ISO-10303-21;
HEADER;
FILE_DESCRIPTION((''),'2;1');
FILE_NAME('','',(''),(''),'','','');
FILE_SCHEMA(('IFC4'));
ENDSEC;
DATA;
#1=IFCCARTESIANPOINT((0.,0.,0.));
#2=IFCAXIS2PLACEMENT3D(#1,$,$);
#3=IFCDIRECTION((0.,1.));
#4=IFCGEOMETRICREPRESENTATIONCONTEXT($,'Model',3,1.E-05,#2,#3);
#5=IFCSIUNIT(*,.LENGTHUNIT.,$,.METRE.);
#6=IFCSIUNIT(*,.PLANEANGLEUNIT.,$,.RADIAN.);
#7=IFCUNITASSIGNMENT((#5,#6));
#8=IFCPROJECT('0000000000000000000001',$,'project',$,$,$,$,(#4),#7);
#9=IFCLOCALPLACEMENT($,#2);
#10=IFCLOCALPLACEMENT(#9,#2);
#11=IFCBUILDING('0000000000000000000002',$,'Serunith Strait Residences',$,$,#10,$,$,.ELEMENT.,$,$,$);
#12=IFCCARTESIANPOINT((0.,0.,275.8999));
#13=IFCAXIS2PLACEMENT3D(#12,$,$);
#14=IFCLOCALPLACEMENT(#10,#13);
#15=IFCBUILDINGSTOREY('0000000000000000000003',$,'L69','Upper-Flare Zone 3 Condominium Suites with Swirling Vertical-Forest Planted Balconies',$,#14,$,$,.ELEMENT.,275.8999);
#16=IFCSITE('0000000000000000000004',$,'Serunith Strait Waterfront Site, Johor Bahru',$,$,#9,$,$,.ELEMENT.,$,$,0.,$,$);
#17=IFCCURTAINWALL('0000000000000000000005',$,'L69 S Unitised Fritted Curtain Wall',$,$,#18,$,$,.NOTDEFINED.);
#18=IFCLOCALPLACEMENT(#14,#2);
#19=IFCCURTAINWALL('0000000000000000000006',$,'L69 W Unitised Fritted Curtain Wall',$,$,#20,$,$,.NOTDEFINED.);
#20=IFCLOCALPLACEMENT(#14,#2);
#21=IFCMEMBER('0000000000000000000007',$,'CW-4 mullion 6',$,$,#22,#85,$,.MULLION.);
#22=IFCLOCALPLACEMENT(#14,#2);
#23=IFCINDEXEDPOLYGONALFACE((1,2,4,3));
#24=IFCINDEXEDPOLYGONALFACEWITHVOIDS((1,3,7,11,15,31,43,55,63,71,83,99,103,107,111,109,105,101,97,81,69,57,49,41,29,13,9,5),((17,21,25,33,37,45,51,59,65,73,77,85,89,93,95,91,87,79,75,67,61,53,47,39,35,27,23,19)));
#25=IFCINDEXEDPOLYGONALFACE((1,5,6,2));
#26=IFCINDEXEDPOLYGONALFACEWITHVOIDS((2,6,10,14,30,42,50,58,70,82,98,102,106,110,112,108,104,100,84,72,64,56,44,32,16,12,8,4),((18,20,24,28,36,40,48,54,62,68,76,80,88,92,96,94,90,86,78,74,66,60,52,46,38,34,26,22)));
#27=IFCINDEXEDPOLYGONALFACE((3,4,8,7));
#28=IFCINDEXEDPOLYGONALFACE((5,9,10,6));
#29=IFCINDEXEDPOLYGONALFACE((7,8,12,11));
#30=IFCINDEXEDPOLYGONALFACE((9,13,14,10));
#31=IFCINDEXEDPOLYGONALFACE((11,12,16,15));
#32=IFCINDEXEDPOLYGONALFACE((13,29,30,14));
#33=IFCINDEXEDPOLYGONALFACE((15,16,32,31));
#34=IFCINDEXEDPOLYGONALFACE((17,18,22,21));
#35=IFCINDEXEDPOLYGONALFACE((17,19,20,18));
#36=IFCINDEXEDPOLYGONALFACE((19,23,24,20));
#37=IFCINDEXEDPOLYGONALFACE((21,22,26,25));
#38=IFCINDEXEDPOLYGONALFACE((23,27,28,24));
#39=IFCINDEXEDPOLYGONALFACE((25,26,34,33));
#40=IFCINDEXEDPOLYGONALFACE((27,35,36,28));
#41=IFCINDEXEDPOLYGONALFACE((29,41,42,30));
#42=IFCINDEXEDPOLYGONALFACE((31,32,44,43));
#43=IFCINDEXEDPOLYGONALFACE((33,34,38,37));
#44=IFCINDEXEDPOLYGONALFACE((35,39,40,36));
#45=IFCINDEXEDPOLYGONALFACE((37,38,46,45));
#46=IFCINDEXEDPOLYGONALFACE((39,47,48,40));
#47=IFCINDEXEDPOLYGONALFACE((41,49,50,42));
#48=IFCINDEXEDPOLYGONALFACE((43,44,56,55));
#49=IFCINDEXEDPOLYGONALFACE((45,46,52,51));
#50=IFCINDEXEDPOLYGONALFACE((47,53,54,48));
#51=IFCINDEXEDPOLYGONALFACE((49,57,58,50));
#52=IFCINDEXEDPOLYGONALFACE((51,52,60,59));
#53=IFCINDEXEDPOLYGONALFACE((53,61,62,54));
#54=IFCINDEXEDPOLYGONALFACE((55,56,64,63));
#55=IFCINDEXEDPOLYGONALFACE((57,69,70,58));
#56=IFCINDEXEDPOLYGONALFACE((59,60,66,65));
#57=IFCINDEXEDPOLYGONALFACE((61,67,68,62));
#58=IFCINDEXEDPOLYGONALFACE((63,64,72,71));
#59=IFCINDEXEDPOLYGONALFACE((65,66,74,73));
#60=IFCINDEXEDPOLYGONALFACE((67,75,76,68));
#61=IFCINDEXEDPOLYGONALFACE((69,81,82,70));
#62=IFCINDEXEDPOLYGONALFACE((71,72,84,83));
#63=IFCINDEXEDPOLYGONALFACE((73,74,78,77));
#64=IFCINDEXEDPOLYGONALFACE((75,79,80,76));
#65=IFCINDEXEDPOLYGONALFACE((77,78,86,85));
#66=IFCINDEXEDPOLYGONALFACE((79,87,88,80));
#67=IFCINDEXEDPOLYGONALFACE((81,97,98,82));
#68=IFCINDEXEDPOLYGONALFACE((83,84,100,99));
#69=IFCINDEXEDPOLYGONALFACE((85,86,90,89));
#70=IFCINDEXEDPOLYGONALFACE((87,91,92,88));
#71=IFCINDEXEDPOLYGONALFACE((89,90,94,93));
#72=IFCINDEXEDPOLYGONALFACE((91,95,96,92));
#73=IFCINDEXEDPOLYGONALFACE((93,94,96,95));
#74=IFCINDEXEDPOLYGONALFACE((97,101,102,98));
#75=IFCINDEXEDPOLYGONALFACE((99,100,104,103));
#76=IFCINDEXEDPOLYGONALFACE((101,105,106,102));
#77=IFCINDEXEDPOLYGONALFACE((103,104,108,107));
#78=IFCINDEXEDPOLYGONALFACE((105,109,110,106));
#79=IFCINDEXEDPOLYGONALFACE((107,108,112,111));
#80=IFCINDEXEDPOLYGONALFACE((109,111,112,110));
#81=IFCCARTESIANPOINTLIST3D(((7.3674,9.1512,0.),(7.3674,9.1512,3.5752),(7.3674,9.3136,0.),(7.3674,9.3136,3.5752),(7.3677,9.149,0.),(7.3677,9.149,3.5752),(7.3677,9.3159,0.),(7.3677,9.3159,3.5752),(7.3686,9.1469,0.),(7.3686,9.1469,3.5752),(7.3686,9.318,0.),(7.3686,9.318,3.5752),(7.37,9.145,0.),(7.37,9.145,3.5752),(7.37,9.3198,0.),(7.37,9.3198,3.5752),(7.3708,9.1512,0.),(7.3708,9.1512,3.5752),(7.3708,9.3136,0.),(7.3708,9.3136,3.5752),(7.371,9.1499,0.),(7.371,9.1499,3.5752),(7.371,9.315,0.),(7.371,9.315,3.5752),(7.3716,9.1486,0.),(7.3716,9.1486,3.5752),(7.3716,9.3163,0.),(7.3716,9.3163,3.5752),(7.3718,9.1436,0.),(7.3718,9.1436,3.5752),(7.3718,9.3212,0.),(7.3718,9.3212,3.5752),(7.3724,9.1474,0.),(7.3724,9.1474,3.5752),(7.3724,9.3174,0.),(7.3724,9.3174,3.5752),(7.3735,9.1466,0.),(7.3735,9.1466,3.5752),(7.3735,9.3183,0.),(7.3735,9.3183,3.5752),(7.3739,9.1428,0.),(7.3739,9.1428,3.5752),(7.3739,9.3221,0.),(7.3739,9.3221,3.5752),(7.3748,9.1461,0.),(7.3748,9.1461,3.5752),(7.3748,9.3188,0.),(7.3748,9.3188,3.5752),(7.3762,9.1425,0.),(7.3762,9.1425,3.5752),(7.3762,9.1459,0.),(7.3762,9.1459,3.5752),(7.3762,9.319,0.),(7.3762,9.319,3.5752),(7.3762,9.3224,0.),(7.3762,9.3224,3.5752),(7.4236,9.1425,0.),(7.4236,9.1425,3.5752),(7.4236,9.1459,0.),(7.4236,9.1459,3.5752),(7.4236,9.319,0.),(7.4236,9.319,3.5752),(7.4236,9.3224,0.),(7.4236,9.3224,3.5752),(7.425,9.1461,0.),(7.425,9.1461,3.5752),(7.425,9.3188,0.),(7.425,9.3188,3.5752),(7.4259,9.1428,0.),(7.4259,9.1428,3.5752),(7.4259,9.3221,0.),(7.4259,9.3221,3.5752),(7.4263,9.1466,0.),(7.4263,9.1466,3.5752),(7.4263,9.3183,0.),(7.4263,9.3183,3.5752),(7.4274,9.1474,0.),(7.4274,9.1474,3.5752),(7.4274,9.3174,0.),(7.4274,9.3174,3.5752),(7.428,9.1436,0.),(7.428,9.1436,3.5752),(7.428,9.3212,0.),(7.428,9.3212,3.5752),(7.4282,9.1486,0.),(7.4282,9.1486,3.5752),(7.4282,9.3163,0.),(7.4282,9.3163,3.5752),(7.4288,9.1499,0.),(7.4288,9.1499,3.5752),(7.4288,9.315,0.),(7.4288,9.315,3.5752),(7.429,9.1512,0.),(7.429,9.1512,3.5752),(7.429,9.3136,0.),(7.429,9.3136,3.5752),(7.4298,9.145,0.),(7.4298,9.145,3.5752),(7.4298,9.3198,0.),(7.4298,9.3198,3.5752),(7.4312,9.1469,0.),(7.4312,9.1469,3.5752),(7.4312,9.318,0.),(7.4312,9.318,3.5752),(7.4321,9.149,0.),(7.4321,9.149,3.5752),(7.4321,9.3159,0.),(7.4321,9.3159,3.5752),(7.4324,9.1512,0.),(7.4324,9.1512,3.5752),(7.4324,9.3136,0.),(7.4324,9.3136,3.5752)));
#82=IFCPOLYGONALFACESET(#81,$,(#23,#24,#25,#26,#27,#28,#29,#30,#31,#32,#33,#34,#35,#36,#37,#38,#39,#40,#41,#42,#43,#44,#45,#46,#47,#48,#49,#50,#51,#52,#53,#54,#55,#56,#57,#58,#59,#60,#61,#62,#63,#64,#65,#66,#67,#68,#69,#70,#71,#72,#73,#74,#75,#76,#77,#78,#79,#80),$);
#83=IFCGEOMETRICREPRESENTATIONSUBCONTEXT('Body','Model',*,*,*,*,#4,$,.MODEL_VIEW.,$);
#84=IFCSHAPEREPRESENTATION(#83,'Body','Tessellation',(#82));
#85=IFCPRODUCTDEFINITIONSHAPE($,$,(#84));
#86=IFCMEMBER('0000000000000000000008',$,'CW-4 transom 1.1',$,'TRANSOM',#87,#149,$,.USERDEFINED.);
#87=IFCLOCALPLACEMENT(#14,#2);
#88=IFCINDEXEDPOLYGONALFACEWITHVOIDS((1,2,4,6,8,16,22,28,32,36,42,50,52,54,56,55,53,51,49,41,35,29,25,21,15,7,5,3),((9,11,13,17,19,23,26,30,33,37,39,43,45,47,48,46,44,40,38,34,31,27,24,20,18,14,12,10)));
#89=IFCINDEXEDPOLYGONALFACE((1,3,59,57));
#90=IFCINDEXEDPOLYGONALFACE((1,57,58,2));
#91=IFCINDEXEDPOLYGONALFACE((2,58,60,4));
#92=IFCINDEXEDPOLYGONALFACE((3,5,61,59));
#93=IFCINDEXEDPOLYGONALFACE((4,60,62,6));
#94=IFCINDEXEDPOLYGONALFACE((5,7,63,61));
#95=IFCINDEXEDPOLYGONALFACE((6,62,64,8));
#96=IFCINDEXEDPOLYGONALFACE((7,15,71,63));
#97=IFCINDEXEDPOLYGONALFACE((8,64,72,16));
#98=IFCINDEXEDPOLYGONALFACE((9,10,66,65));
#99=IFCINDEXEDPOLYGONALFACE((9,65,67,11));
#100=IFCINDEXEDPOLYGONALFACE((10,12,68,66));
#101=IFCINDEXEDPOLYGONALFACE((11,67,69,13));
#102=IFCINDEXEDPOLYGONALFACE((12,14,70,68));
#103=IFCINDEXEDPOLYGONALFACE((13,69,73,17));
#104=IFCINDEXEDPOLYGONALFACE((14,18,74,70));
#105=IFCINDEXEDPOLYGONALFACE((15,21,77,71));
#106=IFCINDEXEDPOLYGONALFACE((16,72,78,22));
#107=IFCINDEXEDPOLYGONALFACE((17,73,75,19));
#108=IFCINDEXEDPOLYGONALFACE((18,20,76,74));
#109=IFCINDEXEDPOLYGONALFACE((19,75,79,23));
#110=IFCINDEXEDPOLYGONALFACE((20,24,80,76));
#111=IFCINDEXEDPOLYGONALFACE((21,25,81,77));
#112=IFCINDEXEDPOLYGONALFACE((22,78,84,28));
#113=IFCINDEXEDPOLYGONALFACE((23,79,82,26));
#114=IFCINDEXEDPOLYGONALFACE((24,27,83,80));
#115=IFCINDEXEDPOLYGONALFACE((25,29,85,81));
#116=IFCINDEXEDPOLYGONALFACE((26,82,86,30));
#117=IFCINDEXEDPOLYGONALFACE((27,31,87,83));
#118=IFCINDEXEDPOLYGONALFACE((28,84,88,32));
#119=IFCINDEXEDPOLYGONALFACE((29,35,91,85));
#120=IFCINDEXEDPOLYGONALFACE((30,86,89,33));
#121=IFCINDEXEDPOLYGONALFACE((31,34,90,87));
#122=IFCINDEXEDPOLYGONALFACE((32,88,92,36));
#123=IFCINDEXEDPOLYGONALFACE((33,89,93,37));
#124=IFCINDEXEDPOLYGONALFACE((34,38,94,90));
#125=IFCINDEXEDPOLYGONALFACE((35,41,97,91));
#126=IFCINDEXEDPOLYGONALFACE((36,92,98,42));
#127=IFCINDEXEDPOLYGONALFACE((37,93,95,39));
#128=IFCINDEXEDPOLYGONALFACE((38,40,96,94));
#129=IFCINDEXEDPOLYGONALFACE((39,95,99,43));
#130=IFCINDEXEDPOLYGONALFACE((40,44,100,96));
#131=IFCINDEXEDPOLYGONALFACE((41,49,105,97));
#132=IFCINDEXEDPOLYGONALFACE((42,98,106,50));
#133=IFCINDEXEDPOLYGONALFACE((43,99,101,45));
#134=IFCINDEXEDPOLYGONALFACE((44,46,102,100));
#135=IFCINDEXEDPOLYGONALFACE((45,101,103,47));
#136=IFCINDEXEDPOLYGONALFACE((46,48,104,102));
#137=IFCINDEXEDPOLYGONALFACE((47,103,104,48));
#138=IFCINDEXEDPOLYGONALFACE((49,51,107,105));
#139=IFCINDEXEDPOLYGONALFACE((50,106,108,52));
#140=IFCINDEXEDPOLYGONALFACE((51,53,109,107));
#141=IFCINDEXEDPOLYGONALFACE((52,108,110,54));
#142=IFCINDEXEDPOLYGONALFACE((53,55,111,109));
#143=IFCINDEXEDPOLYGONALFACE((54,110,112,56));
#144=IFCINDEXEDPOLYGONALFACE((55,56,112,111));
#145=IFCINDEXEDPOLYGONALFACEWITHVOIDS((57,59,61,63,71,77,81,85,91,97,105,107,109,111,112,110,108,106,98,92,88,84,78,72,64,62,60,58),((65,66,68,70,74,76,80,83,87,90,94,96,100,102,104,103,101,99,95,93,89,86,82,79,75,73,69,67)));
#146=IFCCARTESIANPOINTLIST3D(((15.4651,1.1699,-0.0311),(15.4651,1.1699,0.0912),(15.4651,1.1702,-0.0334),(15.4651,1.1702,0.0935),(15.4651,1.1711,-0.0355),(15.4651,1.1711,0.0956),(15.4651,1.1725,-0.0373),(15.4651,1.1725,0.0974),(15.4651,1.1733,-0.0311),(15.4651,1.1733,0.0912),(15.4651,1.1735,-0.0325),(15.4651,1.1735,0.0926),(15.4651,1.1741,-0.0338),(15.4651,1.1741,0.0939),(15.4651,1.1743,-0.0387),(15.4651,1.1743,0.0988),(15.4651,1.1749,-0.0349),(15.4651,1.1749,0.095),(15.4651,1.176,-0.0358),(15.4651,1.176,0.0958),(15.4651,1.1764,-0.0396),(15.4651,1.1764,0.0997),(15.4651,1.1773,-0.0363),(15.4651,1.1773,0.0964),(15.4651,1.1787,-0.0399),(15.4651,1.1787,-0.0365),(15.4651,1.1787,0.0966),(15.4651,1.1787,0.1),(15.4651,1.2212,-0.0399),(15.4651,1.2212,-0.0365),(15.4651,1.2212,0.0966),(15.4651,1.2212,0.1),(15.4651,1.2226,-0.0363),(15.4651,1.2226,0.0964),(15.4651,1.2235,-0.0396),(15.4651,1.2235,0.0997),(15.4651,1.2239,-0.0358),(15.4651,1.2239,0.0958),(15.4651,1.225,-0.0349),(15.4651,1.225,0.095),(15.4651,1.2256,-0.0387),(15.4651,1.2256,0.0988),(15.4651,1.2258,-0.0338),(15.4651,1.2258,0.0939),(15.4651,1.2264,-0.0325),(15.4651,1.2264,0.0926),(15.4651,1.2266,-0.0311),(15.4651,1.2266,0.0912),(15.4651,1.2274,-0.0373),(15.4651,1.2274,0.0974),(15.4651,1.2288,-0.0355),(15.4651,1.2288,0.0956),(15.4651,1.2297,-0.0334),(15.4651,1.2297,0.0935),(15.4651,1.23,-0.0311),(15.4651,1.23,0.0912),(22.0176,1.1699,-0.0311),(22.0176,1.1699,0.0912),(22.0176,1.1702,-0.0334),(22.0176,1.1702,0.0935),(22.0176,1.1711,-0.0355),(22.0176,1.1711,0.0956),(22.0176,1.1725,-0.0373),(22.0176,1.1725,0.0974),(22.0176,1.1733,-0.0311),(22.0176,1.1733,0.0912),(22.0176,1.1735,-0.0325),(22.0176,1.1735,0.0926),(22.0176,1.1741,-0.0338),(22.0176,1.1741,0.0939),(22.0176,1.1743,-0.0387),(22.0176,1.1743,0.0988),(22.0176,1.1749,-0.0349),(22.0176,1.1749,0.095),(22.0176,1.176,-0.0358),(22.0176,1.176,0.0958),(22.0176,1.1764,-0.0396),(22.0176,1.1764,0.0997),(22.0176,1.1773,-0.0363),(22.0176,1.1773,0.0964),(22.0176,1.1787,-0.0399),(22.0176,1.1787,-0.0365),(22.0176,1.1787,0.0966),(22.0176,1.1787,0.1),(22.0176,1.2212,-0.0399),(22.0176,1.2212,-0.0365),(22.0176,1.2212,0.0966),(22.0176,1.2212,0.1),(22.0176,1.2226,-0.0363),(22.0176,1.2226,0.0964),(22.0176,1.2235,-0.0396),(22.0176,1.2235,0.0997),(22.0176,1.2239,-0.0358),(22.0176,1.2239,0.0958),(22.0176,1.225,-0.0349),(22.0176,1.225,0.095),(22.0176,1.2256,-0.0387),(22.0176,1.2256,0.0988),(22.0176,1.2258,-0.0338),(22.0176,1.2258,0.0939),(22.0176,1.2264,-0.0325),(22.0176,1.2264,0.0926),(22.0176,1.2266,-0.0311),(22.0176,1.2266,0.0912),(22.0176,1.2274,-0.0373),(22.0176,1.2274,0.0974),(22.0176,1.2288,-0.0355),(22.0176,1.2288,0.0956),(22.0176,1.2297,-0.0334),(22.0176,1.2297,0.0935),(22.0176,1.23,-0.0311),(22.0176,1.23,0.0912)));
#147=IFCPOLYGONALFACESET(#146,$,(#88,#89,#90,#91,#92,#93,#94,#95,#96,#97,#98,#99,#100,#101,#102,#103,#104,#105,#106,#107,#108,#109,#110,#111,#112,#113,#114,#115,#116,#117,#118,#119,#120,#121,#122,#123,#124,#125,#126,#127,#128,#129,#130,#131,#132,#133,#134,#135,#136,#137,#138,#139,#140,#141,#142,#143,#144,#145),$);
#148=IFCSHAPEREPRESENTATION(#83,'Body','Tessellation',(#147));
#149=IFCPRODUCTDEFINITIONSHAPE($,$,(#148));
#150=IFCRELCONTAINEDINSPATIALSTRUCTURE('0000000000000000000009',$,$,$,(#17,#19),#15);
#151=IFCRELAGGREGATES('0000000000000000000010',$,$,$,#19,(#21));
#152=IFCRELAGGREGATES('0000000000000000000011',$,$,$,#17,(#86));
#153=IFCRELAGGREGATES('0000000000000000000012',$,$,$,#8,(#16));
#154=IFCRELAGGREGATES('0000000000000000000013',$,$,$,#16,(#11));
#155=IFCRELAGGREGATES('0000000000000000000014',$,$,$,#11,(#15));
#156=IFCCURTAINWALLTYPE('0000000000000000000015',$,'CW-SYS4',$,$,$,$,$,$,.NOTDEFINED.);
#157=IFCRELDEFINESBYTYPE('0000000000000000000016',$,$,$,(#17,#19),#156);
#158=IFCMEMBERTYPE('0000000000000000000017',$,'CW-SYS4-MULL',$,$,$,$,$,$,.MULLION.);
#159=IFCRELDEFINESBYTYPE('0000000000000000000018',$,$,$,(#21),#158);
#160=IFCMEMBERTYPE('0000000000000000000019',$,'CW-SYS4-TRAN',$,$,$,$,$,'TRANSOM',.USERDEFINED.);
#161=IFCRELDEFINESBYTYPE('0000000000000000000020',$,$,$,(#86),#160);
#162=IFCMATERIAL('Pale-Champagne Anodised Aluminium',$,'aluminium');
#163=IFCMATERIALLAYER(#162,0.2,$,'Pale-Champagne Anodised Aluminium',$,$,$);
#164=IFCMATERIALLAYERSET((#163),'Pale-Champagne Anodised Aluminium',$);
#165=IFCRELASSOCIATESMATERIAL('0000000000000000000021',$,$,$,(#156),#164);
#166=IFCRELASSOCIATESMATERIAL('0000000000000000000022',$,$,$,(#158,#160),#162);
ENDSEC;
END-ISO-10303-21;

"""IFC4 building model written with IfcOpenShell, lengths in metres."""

from ifc_helpers import new_model, si_unit, direction, frame, origin, origin_2d, place, context, subcontext, project, spatial, hollow_rectangle, extrude, source, transform, mapped, material, layer, layer_set, material_profile, profile_set, type_object, element, aggregate, save


model = new_model("IFC4")

# Units and contexts
model_context = context("Model", 3, precision=1e-05, world=origin(), true_north=direction((0.0, 1.0)))
body_context = subcontext(model_context, "Body", "Model", "MODEL_VIEW")
ifc_project = project(units=[si_unit("LENGTHUNIT", "METRE"), si_unit("PLANEANGLEUNIT", "RADIAN")], contexts=[model_context])

# Site, building, storey
site_placement = place(None, origin())
site = spatial("IfcSite", under=ifc_project, at=site_placement, Name="Serunith Strait Waterfront Site, Johor Bahru", CompositionType="ELEMENT", RefElevation=0.0)
building_placement = place(site_placement, origin())
building = spatial("IfcBuilding", under=site, at=building_placement, Name="Serunith Strait Residences", CompositionType="ELEMENT")
storey_placement = place(building_placement, frame((0.0, 0.0, 275.8999)))
storey = spatial("IfcBuildingStorey", under=building, at=storey_placement, Name="L69", Description="Upper-Flare Zone 3 Condominium Suites with Swirling Vertical-Forest Planted Balconies", CompositionType="ELEMENT", Elevation=275.8999)

# Curtain walls, member
ifc_material_1 = material(Name="Pale-Champagne Anodised Aluminium", Category="aluminium")
ifc_layer_1 = layer(ifc_material_1, 0.2, Name="Pale-Champagne Anodised Aluminium")
ifc_layer_set_1 = layer_set([ifc_layer_1], Name="Pale-Champagne Anodised Aluminium")
curtain_wall_type = type_object("IfcCurtainWallType", Name="CW-SYS4", PredefinedType="NOTDEFINED", material=ifc_layer_set_1)
curtain_wall_1_placement = place(storey_placement, origin())
curtain_wall_1 = element("IfcCurtainWall", 1, at=curtain_wall_1_placement, inside=storey, type_object=curtain_wall_type, Name="L69 S Unitised Fritted Curtain Wall", PredefinedType="NOTDEFINED")
ifc_material_profile_1 = material_profile(ifc_material_1, hollow_rectangle(XDim=0.0649, YDim=0.1799, WallThickness=0.0034, InnerFilletRadius=0.0054, OuterFilletRadius=0.0088, at=origin_2d()), Name="ALU 180x65x3.5")
ifc_profile_set_1 = profile_set([ifc_material_profile_1], Name="Pale-Champagne Anodised Aluminium")
member_type_1 = type_object("IfcMemberType", Name="CW-SYS4-MULL", PredefinedType="MULLION", material=ifc_profile_set_1)
shared_shape_1 = source(origin(), body_context, "Body", "SweptSolid", [
    extrude(hollow_rectangle(XDim=0.0649, YDim=0.1799, WallThickness=0.0034, InnerFilletRadius=0.0054, OuterFilletRadius=0.0088, at=origin_2d()), origin(), (0.0, 0.0, 1.0), 3.5752),
])
curtain_wall_2_placement = place(storey_placement, origin())
curtain_wall_2 = element("IfcCurtainWall", 2, at=curtain_wall_2_placement, inside=storey, type_object=curtain_wall_type, Name="L69 W Unitised Fritted Curtain Wall", PredefinedType="NOTDEFINED")
member_1_placement = place(storey_placement, frame((7.3999, 9.2324, 0.0), z_axis=(0.0, 0.0, 1.0), x_axis=(1.0, 0.0, 0.0)))
member_1 = element("IfcMember", 3, at=member_1_placement, type_object=member_type_1, Name="CW-4 mullion 6", PredefinedType="MULLION", context=body_context, shape_type="MappedRepresentation", body=[
    mapped(shared_shape_1, transform((0.0, 0.0, 0.0), scale=1.0)),
])
aggregate(curtain_wall_2, [member_1])

# Member
ifc_material_profile_2 = material_profile(ifc_material_1, hollow_rectangle(XDim=0.0601, YDim=0.1399, WallThickness=0.0034, InnerFilletRadius=0.0054, OuterFilletRadius=0.0088, at=origin_2d()), Name="ALU 140x60x3.5")
ifc_profile_set_2 = profile_set([ifc_material_profile_2], Name="Pale-Champagne Anodised Aluminium")
member_type_2 = type_object("IfcMemberType", Name="CW-SYS4-TRAN", ElementType="TRANSOM", PredefinedType="USERDEFINED", material=ifc_profile_set_2)
shared_shape_2 = source(origin(), body_context, "Body", "SweptSolid", [
    extrude(hollow_rectangle(XDim=0.0601, YDim=0.1399, WallThickness=0.0034, InnerFilletRadius=0.0054, OuterFilletRadius=0.0088, at=origin_2d()), origin(), (0.0, 0.0, 1.0), 6.5525),
])
member_2_placement = place(storey_placement, frame((15.4651, 1.2, 0.03), z_axis=(1.0, 0.0, 0.0), x_axis=(0.0, 1.0, 0.0)))
member_2 = element("IfcMember", 4, at=member_2_placement, type_object=member_type_2, Name="CW-4 transom 1.1", ObjectType="TRANSOM", PredefinedType="USERDEFINED", context=body_context, shape_type="MappedRepresentation", body=[
    mapped(shared_shape_2, transform((0.0, 0.0, 0.0), scale=1.0)),
])
aggregate(curtain_wall_1, [member_2])

save(model, "model.ifc")
